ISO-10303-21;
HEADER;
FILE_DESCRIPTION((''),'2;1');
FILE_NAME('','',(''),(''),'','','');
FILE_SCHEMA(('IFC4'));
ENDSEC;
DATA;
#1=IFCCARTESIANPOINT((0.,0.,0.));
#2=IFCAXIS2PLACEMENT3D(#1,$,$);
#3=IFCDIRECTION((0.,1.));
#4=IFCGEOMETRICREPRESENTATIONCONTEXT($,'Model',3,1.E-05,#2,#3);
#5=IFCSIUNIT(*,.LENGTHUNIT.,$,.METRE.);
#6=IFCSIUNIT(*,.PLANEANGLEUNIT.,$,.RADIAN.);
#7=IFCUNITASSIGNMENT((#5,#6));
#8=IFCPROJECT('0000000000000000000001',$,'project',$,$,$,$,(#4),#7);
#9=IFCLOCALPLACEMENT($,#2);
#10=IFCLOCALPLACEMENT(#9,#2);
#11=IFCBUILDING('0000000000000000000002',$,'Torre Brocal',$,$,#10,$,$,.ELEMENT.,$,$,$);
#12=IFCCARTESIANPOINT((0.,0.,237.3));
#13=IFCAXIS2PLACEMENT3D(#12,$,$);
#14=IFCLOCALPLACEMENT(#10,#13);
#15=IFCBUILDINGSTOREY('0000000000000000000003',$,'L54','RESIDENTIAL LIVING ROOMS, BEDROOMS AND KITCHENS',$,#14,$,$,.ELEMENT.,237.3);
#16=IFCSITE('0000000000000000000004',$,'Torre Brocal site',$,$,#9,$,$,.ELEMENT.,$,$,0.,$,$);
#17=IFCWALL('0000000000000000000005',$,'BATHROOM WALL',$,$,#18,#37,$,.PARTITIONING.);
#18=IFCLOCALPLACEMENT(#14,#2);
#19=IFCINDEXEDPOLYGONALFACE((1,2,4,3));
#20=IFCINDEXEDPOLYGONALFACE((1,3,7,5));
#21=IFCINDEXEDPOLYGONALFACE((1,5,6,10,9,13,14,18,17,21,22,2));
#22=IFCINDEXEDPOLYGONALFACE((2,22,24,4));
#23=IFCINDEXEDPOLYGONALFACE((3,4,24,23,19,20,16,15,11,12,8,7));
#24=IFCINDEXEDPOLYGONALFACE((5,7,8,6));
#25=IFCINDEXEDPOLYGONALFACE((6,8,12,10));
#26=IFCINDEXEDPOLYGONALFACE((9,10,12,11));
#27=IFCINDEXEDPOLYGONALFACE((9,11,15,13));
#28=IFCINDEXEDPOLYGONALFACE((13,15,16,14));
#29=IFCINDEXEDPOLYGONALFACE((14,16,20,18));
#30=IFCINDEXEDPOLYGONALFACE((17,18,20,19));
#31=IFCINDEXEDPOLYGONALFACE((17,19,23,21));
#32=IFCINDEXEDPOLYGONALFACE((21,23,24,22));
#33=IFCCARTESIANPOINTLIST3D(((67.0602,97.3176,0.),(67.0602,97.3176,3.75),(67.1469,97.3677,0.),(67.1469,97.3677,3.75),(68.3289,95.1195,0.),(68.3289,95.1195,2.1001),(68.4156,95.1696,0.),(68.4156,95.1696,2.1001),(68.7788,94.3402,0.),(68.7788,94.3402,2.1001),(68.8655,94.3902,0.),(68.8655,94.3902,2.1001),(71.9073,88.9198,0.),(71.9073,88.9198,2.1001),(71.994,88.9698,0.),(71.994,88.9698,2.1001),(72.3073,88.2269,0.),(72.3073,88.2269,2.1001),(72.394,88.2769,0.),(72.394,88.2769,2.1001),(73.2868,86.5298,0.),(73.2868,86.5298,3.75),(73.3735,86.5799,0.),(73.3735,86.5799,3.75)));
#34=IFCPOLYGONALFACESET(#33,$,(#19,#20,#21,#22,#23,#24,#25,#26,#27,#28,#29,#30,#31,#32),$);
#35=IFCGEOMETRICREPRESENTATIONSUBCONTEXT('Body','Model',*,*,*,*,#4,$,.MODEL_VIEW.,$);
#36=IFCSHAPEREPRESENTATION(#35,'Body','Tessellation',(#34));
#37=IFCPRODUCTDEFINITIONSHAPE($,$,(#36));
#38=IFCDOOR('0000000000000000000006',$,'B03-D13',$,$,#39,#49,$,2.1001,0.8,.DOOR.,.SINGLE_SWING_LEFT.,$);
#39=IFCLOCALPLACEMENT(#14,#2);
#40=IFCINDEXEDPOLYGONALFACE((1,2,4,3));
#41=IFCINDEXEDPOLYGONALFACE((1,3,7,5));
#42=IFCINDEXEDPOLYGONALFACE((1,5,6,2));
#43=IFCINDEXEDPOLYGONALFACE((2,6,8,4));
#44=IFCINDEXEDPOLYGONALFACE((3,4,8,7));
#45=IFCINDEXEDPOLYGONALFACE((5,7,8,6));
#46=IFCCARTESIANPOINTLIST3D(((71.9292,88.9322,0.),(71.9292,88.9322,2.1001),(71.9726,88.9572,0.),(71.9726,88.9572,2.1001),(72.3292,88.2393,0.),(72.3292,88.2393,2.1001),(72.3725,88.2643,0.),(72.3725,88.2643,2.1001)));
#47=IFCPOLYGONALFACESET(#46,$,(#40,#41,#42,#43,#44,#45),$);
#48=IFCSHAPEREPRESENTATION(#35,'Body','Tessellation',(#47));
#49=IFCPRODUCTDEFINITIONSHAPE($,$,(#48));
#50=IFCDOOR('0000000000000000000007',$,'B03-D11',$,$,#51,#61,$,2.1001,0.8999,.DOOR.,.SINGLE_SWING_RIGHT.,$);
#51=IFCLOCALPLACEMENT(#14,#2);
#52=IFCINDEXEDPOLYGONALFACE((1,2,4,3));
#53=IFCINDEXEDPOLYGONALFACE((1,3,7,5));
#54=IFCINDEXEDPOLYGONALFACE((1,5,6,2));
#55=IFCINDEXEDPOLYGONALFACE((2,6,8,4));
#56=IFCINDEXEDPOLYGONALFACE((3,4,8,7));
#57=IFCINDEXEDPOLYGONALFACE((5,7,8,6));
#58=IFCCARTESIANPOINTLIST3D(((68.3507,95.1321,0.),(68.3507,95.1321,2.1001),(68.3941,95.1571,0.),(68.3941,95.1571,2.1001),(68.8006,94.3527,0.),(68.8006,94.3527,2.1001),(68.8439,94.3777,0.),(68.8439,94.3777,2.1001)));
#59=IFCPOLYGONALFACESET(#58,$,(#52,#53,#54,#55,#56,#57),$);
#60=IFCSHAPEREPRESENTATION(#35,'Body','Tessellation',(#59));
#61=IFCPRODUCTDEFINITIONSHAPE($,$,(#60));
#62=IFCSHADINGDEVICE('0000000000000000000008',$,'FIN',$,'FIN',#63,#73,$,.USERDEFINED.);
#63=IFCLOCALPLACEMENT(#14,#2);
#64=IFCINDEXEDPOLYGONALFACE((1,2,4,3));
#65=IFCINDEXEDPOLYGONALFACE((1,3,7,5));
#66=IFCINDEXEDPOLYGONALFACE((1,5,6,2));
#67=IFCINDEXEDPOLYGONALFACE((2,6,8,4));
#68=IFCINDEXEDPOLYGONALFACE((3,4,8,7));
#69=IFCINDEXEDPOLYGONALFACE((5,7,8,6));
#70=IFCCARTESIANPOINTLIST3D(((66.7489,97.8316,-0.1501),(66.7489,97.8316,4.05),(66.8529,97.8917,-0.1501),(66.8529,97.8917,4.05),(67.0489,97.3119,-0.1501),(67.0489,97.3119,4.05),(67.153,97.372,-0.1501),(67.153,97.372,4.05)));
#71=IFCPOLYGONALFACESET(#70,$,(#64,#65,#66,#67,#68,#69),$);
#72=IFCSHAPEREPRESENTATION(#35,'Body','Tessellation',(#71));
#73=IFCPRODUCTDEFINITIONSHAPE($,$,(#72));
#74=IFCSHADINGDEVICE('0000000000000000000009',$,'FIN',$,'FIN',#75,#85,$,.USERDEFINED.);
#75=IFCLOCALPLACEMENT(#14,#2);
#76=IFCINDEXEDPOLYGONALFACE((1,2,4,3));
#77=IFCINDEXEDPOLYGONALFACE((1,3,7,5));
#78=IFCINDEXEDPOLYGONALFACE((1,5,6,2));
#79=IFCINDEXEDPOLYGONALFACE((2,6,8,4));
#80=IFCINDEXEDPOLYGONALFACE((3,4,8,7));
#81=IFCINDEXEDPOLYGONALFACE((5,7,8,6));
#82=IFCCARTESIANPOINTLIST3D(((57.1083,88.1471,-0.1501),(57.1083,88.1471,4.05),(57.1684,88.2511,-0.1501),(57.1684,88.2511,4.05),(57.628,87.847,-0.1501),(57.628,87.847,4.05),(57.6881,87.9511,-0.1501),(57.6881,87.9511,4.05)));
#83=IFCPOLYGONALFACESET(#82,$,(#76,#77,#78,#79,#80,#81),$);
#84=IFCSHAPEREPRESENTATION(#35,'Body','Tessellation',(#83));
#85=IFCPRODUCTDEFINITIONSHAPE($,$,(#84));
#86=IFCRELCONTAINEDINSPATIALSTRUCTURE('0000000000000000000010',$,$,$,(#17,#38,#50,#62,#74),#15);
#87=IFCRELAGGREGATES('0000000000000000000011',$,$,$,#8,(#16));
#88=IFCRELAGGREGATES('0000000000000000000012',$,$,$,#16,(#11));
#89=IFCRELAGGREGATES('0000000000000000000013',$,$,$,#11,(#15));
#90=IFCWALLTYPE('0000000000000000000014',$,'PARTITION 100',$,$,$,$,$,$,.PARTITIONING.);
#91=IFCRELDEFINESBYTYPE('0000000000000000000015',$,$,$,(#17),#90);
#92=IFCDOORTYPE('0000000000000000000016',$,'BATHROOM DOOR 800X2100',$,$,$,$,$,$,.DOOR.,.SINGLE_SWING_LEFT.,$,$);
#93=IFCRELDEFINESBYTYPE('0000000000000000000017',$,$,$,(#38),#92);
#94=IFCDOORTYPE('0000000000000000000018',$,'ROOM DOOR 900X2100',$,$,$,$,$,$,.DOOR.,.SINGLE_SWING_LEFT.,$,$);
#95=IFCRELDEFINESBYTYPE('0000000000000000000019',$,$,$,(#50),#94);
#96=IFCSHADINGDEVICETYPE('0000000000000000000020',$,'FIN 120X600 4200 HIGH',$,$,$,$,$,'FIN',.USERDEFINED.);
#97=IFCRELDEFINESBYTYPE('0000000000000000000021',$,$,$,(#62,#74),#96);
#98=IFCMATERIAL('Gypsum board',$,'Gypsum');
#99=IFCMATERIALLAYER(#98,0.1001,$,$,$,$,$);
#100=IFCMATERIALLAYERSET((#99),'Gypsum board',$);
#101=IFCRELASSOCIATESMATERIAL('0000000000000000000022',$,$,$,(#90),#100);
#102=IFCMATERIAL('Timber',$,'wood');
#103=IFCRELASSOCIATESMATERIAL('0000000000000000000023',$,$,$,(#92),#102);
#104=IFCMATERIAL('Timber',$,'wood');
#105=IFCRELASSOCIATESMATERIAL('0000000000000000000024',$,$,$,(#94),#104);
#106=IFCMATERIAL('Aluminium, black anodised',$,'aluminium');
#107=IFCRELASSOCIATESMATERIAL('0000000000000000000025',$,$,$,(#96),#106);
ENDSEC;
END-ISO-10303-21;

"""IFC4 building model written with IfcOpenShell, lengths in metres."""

from ifc_helpers import new_model, si_unit, direction, frame, frame_2d, origin, origin_2d, place, context, subcontext, project, spatial, rectangle, extrude, material, layer, layer_set, material_profile, profile_set, type_object, element, fill, save


model = new_model("IFC4")

# Units and contexts
model_context = context("Model", 3, precision=1e-05, world=origin(), true_north=direction((0.0, 1.0)))
body_context = subcontext(model_context, "Body", "Model", "MODEL_VIEW")
ifc_project = project(units=[si_unit("LENGTHUNIT", "METRE"), si_unit("PLANEANGLEUNIT", "RADIAN")], contexts=[model_context])

# Site, building, storey
site_placement = place(None, origin())
site = spatial("IfcSite", under=ifc_project, at=site_placement, Name="Torre Brocal site", CompositionType="ELEMENT", RefElevation=0.0)
building_placement = place(site_placement, origin())
building = spatial("IfcBuilding", under=site, at=building_placement, Name="Torre Brocal", CompositionType="ELEMENT")
storey_placement = place(building_placement, frame((0.0, 0.0, 237.3)))
storey = spatial("IfcBuildingStorey", under=building, at=storey_placement, Name="L54", Description="RESIDENTIAL LIVING ROOMS, BEDROOMS AND KITCHENS", CompositionType="ELEMENT", Elevation=237.3)

# Shared definitions
ifc_material_1 = material(Name="Gypsum board", Category="Gypsum")
ifc_layer_1 = layer(ifc_material_1, 0.1001)
ifc_layer_set_1 = layer_set([ifc_layer_1], Name="Gypsum board")
wall_type_1 = type_object("IfcWallType", Name="PARTITION 100", PredefinedType="PARTITIONING", material=ifc_layer_set_1)
ifc_material_2 = material(Name="Timber", Category="wood")
door_type_1 = type_object("IfcDoorType", Name="BATHROOM DOOR 800X2100", OperationType="SINGLE_SWING_LEFT", PredefinedType="DOOR", material=ifc_material_2)

# Shared definitions
ifc_material_3 = material(Name="Timber", Category="wood")
door_type_2 = type_object("IfcDoorType", Name="ROOM DOOR 900X2100", OperationType="SINGLE_SWING_LEFT", PredefinedType="DOOR", material=ifc_material_3)

# Wall, openings, doors
wall_1_placement = place(storey_placement, frame((67.1035, 97.3428, 0.0), z_axis=(0.0, 0.0, 1.0), x_axis=(0.499892, -0.866088, 0.0)))
wall_1 = element("IfcWall", 1, at=wall_1_placement, inside=storey, type_object=wall_type_1, Name="BATHROOM WALL", PredefinedType="PARTITIONING", context=body_context, shape_type="SweptSolid", body=[
    extrude(rectangle(XDim=12.4558, YDim=0.1001, at=frame_2d((6.228, 0.0))), origin(), (0.0, 0.0, 1.0), 3.75),
])
opening_1_placement = place(wall_1_placement, frame((2.5381, 0.0, 0.0)))
opening_1 = element("IfcOpeningElement", 2, at=opening_1_placement, cuts=wall_1, PredefinedType="OPENING", context=body_context, shape_type="SweptSolid", body=[
    extrude(rectangle(XDim=0.8999, YDim=2.1001, at=frame_2d((0.45, 1.05))), frame((0.0, 0.0601, 0.0), z_axis=(0.0, -1.0, 0.0), x_axis=(1.0, 0.0, 0.0)), (0.0, 0.0, 1.0), 0.1201),
])
opening_2_placement = place(wall_1_placement, frame((9.6965, 0.0, 0.0)))
opening_2 = element("IfcOpeningElement", 3, at=opening_2_placement, cuts=wall_1, PredefinedType="OPENING", context=body_context, shape_type="SweptSolid", body=[
    extrude(rectangle(XDim=0.8, YDim=2.1001, at=frame_2d((0.3999, 1.05))), frame((0.0, 0.0601, 0.0), z_axis=(0.0, -1.0, 0.0), x_axis=(1.0, 0.0, 0.0)), (0.0, 0.0, 1.0), 0.1201),
])
door_1_placement = place(opening_2_placement, frame((0.8, 0.0, 0.0), z_axis=(0.0, 0.0, 1.0), x_axis=(-1.0, 0.0, 0.0)))
door_1 = element("IfcDoor", 4, at=door_1_placement, inside=storey, type_object=door_type_1, Name="B03-D13", OperationType="SINGLE_SWING_LEFT", OverallHeight=2.1001, OverallWidth=0.8, PredefinedType="DOOR", context=body_context, shape_type="SweptSolid", body=[
    extrude(rectangle(XDim=0.8, YDim=2.1001, at=frame_2d((0.3999, 1.05))), frame((0.0, 0.0249, 0.0), z_axis=(0.0, -1.0, 0.0), x_axis=(1.0, 0.0, 0.0)), (0.0, 0.0, 1.0), 0.05),
])
fill(opening_2, door_1)
door_2_placement = place(opening_1_placement, frame((0.8999, 0.0, 0.0), z_axis=(0.0, 0.0, 1.0), x_axis=(-1.0, 0.0, 0.0)))
door_2 = element("IfcDoor", 5, at=door_2_placement, inside=storey, type_object=door_type_2, Name="B03-D11", OperationType="SINGLE_SWING_RIGHT", OverallHeight=2.1001, OverallWidth=0.8999, PredefinedType="DOOR", context=body_context, shape_type="SweptSolid", body=[
    extrude(rectangle(XDim=0.8999, YDim=2.1001, at=frame_2d((0.45, 1.05))), frame((0.0, 0.0249, 0.0), z_axis=(0.0, -1.0, 0.0), x_axis=(1.0, 0.0, 0.0)), (0.0, 0.0, 1.0), 0.05),
])
fill(opening_1, door_2)

# Shading devices
ifc_material_4 = material(Name="Aluminium, black anodised", Category="aluminium")
ifc_material_profile_1 = material_profile(ifc_material_4, rectangle(XDim=0.1201, YDim=0.6001, at=origin_2d()), Name="FIN 120X600 4200 HIGH")
ifc_profile_set_1 = profile_set([ifc_material_profile_1], Name="Aluminium, black anodised")
shading_device_type = type_object("IfcShadingDeviceType", Name="FIN 120X600 4200 HIGH", ElementType="FIN", PredefinedType="USERDEFINED", material=ifc_profile_set_1)
for number, where, z_axis, x_axis, name in (
    (6, (66.9509, 97.6018, -0.1501), (0.0, 0.0, 1.0), (-0.866025, -0.5, 0.0), "FIN"),
    (7, (57.3982, 88.0491, -0.1501), (0.0, 0.0, 1.0), (-0.5, -0.866025, 0.0), "FIN"),
):
    element("IfcShadingDevice", number, at=place(storey_placement, frame(where, z_axis=z_axis, x_axis=x_axis)), inside=storey, type_object=shading_device_type, Name=name, ObjectType="FIN", PredefinedType="USERDEFINED", context=body_context, shape_type="SweptSolid", body=[
        extrude(rectangle(XDim=0.1201, YDim=0.6001, at=origin_2d()), origin(), (0.0, 0.0, 1.0), 4.2002),
    ])

save(model, "model.ifc")
